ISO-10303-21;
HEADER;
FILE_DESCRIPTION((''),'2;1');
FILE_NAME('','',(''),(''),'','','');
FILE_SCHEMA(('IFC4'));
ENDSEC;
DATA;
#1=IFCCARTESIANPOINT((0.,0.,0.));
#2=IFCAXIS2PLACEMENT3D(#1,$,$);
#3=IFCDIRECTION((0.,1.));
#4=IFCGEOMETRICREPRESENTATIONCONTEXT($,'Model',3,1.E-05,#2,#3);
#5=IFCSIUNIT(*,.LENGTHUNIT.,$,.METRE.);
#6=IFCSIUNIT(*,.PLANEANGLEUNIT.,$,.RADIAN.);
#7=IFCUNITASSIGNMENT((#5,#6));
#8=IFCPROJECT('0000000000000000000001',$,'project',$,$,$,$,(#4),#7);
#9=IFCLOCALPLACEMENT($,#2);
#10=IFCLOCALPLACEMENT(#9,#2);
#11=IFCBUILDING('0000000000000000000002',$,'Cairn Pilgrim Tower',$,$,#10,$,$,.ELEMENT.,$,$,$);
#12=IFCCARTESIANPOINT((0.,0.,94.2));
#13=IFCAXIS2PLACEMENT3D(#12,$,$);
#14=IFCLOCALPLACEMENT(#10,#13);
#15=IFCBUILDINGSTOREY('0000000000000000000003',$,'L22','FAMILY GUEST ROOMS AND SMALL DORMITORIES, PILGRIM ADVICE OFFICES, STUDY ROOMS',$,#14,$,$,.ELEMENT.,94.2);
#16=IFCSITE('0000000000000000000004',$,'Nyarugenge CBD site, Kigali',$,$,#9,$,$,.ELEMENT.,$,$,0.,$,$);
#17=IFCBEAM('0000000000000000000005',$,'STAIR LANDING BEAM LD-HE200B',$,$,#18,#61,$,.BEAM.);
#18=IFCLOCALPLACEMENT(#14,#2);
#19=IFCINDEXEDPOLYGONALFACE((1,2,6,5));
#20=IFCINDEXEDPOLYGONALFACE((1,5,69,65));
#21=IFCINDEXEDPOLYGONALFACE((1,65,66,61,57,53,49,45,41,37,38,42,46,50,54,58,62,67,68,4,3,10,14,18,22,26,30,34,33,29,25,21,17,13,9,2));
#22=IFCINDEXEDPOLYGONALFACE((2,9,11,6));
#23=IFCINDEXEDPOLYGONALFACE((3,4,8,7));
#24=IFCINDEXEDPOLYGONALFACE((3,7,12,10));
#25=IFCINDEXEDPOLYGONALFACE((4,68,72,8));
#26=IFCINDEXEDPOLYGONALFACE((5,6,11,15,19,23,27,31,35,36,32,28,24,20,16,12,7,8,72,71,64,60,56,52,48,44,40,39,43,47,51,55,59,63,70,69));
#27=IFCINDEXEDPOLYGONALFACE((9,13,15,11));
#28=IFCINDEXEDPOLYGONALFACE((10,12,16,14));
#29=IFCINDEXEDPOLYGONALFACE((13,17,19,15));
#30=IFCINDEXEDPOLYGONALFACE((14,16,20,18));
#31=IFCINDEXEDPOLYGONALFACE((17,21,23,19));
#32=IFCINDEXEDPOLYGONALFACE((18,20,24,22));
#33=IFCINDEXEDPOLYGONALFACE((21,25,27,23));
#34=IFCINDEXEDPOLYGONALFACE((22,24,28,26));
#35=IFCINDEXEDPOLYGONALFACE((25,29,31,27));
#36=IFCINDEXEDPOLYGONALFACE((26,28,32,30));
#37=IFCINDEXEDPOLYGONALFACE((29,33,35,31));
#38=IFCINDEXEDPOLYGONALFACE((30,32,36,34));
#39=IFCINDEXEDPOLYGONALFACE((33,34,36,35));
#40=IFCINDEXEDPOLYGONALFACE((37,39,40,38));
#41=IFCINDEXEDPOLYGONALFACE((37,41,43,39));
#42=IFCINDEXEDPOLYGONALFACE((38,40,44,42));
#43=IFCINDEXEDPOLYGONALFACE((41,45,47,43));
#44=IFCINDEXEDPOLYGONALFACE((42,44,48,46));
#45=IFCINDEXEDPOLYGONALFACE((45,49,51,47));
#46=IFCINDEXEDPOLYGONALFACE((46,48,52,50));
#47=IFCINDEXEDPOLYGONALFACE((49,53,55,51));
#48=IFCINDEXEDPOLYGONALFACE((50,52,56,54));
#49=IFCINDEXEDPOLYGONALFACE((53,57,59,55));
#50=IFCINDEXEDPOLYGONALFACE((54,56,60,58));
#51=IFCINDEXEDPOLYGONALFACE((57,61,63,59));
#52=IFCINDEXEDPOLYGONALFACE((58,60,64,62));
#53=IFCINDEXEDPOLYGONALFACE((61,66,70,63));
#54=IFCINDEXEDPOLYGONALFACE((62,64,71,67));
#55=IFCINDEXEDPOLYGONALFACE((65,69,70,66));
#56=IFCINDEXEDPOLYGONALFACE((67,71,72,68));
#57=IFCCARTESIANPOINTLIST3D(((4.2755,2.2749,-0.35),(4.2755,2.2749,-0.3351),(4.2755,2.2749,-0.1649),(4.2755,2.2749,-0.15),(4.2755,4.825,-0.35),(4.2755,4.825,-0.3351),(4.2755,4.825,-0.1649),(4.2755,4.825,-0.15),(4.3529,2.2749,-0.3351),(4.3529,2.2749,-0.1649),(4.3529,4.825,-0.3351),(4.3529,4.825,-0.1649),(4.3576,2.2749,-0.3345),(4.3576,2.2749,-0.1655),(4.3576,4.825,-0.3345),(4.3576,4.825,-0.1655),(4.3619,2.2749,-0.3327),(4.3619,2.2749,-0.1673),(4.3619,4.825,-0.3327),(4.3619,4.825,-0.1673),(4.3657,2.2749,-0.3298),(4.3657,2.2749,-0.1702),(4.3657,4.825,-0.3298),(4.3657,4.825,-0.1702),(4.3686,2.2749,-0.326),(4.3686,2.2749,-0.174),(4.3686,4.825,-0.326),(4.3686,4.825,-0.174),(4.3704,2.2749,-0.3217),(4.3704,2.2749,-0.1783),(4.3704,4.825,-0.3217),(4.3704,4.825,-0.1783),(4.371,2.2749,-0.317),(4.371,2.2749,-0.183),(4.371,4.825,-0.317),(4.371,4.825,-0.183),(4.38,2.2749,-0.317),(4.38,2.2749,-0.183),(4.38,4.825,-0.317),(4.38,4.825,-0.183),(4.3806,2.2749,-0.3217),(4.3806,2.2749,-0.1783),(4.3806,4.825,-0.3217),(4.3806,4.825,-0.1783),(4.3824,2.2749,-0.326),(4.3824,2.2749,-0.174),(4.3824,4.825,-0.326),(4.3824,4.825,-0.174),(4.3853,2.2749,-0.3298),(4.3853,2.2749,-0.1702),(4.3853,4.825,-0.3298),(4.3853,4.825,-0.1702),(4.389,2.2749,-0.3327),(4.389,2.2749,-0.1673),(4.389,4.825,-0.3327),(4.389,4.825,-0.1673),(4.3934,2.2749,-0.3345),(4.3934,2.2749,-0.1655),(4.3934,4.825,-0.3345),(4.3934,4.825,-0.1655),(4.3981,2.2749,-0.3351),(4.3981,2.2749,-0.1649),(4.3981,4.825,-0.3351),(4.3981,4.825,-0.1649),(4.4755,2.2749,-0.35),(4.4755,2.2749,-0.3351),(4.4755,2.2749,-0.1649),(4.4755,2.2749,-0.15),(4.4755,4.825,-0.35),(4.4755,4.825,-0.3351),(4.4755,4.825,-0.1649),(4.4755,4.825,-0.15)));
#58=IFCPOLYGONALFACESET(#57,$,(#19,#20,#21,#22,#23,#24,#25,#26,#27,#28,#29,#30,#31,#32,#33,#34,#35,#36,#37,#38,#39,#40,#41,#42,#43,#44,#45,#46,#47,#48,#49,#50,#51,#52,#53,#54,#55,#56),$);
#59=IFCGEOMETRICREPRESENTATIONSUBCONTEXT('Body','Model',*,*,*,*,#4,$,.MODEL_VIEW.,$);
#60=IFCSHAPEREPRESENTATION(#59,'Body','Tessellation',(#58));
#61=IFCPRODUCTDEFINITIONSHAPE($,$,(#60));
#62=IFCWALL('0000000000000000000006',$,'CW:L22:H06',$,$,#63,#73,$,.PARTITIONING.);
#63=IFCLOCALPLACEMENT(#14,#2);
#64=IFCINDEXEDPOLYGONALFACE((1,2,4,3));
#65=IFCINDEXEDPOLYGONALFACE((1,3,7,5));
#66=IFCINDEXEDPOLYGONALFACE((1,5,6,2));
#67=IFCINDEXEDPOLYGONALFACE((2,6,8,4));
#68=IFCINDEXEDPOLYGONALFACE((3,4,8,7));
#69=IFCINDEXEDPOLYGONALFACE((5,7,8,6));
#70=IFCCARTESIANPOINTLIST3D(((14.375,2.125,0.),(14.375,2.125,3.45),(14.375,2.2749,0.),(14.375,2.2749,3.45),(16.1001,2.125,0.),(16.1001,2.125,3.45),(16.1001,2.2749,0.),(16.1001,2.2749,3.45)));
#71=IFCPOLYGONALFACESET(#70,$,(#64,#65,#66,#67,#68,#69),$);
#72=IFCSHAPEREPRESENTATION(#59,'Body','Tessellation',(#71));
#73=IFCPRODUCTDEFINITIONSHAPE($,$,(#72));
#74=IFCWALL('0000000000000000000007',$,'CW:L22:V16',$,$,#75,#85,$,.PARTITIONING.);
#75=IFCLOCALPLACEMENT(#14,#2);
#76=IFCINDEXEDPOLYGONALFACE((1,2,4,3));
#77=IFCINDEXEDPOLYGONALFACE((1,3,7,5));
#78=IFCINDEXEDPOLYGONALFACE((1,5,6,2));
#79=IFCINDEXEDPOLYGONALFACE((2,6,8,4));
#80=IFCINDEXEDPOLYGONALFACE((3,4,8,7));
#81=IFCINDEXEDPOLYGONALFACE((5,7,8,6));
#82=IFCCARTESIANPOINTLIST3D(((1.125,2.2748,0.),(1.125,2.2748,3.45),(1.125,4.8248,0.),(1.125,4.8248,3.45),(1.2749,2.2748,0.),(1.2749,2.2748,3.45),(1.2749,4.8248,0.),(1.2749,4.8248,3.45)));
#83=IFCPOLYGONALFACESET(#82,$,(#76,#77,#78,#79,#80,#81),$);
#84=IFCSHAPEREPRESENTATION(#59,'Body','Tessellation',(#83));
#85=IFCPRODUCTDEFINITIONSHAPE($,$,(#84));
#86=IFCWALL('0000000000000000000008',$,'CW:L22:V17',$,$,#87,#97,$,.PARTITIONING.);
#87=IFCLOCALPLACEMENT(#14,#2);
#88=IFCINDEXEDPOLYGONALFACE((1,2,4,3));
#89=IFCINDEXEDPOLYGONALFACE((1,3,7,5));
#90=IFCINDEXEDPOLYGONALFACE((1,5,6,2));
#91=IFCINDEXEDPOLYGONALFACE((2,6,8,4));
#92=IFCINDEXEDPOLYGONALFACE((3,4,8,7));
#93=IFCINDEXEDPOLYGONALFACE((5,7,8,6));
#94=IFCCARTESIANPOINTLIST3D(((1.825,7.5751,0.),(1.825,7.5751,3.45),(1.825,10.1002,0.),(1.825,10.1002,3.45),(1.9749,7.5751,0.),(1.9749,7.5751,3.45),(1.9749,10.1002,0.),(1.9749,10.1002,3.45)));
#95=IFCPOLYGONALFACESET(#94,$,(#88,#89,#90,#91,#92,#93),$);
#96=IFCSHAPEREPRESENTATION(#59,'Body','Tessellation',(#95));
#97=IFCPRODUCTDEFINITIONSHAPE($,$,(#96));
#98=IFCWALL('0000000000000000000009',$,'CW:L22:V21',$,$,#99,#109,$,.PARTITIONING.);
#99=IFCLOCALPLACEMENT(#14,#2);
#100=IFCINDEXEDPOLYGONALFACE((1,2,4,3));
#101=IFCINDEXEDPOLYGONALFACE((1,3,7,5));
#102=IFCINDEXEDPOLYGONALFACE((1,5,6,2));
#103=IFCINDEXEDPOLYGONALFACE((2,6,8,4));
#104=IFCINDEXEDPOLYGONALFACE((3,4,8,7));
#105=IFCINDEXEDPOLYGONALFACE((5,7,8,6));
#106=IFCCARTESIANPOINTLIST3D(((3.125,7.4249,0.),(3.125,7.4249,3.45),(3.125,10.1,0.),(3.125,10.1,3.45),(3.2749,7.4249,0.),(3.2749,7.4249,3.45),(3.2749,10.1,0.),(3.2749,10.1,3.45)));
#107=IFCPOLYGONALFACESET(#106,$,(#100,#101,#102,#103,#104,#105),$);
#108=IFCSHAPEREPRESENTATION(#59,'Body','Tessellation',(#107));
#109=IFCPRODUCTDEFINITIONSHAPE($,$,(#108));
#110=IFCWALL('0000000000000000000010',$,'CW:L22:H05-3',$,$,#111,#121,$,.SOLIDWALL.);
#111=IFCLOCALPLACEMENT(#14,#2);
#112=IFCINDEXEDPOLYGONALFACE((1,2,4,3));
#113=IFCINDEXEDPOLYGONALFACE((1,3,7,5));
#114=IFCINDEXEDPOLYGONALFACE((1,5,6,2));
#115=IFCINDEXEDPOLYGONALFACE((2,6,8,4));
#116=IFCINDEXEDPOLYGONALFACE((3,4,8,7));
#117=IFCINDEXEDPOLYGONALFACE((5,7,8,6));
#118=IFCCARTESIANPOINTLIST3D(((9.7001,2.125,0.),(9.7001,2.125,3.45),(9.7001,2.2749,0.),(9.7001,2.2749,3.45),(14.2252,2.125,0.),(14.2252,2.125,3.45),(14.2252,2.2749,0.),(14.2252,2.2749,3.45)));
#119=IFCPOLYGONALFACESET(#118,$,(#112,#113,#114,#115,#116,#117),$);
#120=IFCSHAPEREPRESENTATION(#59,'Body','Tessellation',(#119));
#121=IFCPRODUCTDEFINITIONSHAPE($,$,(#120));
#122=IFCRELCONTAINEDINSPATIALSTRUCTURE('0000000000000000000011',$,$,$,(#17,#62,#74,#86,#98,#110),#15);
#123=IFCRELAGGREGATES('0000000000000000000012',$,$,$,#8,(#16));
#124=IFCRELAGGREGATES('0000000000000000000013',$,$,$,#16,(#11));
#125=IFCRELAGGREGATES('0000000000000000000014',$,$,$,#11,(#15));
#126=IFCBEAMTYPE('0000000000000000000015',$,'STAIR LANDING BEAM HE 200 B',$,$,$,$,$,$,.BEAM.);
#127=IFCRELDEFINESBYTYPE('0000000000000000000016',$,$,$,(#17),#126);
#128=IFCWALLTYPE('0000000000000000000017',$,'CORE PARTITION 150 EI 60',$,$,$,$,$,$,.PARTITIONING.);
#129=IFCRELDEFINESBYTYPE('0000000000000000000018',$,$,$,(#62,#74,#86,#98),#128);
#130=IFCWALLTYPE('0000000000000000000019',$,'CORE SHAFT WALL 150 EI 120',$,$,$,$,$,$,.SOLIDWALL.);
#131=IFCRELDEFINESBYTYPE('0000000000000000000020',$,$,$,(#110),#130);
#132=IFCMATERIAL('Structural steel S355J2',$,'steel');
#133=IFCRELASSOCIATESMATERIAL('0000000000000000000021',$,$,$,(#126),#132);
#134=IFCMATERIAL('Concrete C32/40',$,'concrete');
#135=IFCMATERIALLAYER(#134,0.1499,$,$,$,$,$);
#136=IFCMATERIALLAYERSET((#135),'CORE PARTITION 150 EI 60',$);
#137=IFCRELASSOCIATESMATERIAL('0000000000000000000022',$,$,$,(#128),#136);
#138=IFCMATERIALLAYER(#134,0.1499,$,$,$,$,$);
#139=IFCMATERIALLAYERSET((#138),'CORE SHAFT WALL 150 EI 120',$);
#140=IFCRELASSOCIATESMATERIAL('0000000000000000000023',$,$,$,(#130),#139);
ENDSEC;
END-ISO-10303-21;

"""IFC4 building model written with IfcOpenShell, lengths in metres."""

from ifc_helpers import new_model, si_unit, direction, frame, frame_2d, origin, origin_2d, place, context, subcontext, project, spatial, rectangle, i_section, extrude, material, layer, layer_set, material_profile, profile_set, type_object, element, save


model = new_model("IFC4")

# Units and contexts
model_context = context("Model", 3, precision=1e-05, world=origin(), true_north=direction((0.0, 1.0)))
body_context = subcontext(model_context, "Body", "Model", "MODEL_VIEW")
ifc_project = project(units=[si_unit("LENGTHUNIT", "METRE"), si_unit("PLANEANGLEUNIT", "RADIAN")], contexts=[model_context])

# Site, building, storey
site_placement = place(None, origin())
site = spatial("IfcSite", under=ifc_project, at=site_placement, Name="Nyarugenge CBD site, Kigali", CompositionType="ELEMENT", RefElevation=0.0)
building_placement = place(site_placement, origin())
building = spatial("IfcBuilding", under=site, at=building_placement, Name="Cairn Pilgrim Tower", CompositionType="ELEMENT")
storey_placement = place(building_placement, frame((0.0, 0.0, 94.2)))
storey = spatial("IfcBuildingStorey", under=building, at=storey_placement, Name="L22", Description="FAMILY GUEST ROOMS AND SMALL DORMITORIES, PILGRIM ADVICE OFFICES, STUDY ROOMS", CompositionType="ELEMENT", Elevation=94.2)

# Beam
ifc_material_1 = material(Name="Structural steel S355J2", Category="steel")
ifc_material_profile = material_profile(ifc_material_1, i_section(OverallWidth=0.2, OverallDepth=0.2, WebThickness=0.009, FlangeThickness=0.0149, FilletRadius=0.0181, at=origin_2d()), Name="HE 200 B")
ifc_profile_set = profile_set([ifc_material_profile], Name="Structural steel S355J2")
beam_type = type_object("IfcBeamType", Name="STAIR LANDING BEAM HE 200 B", PredefinedType="BEAM", material=ifc_profile_set)
beam_placement = place(storey_placement, frame((4.3755, 2.2749, -0.25), z_axis=(0.0, 1.0, 0.0), x_axis=(-1.0, 0.0, 0.0)))
element("IfcBeam", 1, at=beam_placement, inside=storey, type_object=beam_type, Name="STAIR LANDING BEAM LD-HE200B", PredefinedType="BEAM", context=body_context, shape_type="SweptSolid", body=[
    extrude(i_section(OverallWidth=0.2, OverallDepth=0.2, WebThickness=0.009, FlangeThickness=0.0149, FilletRadius=0.0181, at=origin_2d()), origin(), (0.0, 0.0, 1.0), 2.55),
])

# Walls
ifc_material_2 = material(Name="Concrete C32/40", Category="concrete")
ifc_layer_1 = layer(ifc_material_2, 0.1499)
ifc_layer_set_1 = layer_set([ifc_layer_1], Name="CORE PARTITION 150 EI 60")
wall_type_1 = type_object("IfcWallType", Name="CORE PARTITION 150 EI 60", PredefinedType="PARTITIONING", material=ifc_layer_set_1)
wall_1_placement = place(storey_placement, frame((14.375, 2.2, 0.0), z_axis=(0.0, 0.0, 1.0), x_axis=(1.0, 0.0, 0.0)))
element("IfcWall", 2, at=wall_1_placement, inside=storey, type_object=wall_type_1, Name="CW:L22:H06", PredefinedType="PARTITIONING", context=body_context, shape_type="SweptSolid", body=[
    extrude(rectangle(XDim=1.7251, YDim=0.1499, at=frame_2d((0.8625, 0.0))), origin(), (0.0, 0.0, 1.0), 3.45),
])
wall_2_placement = place(storey_placement, frame((1.2, 2.2749, 0.0), z_axis=(0.0, 0.0, 1.0), x_axis=(0.0, 1.0, 0.0)))
element("IfcWall", 3, at=wall_2_placement, inside=storey, type_object=wall_type_1, Name="CW:L22:V16", PredefinedType="PARTITIONING", context=body_context, shape_type="SweptSolid", body=[
    extrude(rectangle(XDim=2.55, YDim=0.1499, at=frame_2d((1.2749, 0.0))), origin(), (0.0, 0.0, 1.0), 3.45),
])
wall_3_placement = place(storey_placement, frame((1.8999, 7.575, 0.0), z_axis=(0.0, 0.0, 1.0), x_axis=(0.0, 1.0, 0.0)))
element("IfcWall", 4, at=wall_3_placement, inside=storey, type_object=wall_type_1, Name="CW:L22:V17", PredefinedType="PARTITIONING", context=body_context, shape_type="SweptSolid", body=[
    extrude(rectangle(XDim=2.5251, YDim=0.1499, at=frame_2d((1.2627, 0.0))), origin(), (0.0, 0.0, 1.0), 3.45),
])
wall_4_placement = place(storey_placement, frame((3.2, 7.425, 0.0), z_axis=(0.0, 0.0, 1.0), x_axis=(0.0, 1.0, 0.0)))
element("IfcWall", 5, at=wall_4_placement, inside=storey, type_object=wall_type_1, Name="CW:L22:V21", PredefinedType="PARTITIONING", context=body_context, shape_type="SweptSolid", body=[
    extrude(rectangle(XDim=2.675, YDim=0.1499, at=frame_2d((1.3374, 0.0))), origin(), (0.0, 0.0, 1.0), 3.45),
])
ifc_layer_2 = layer(ifc_material_2, 0.1499)
ifc_layer_set_2 = layer_set([ifc_layer_2], Name="CORE SHAFT WALL 150 EI 120")
wall_type_2 = type_object("IfcWallType", Name="CORE SHAFT WALL 150 EI 120", PredefinedType="SOLIDWALL", material=ifc_layer_set_2)
wall_5_placement = place(storey_placement, frame((9.7, 2.2, 0.0), z_axis=(0.0, 0.0, 1.0), x_axis=(1.0, 0.0, 0.0)))
element("IfcWall", 6, at=wall_5_placement, inside=storey, type_object=wall_type_2, Name="CW:L22:H05-3", PredefinedType="SOLIDWALL", context=body_context, shape_type="SweptSolid", body=[
    extrude(rectangle(XDim=4.5251, YDim=0.1499, at=frame_2d((2.2627, 0.0))), origin(), (0.0, 0.0, 1.0), 3.45),
])

save(model, "model.ifc")
